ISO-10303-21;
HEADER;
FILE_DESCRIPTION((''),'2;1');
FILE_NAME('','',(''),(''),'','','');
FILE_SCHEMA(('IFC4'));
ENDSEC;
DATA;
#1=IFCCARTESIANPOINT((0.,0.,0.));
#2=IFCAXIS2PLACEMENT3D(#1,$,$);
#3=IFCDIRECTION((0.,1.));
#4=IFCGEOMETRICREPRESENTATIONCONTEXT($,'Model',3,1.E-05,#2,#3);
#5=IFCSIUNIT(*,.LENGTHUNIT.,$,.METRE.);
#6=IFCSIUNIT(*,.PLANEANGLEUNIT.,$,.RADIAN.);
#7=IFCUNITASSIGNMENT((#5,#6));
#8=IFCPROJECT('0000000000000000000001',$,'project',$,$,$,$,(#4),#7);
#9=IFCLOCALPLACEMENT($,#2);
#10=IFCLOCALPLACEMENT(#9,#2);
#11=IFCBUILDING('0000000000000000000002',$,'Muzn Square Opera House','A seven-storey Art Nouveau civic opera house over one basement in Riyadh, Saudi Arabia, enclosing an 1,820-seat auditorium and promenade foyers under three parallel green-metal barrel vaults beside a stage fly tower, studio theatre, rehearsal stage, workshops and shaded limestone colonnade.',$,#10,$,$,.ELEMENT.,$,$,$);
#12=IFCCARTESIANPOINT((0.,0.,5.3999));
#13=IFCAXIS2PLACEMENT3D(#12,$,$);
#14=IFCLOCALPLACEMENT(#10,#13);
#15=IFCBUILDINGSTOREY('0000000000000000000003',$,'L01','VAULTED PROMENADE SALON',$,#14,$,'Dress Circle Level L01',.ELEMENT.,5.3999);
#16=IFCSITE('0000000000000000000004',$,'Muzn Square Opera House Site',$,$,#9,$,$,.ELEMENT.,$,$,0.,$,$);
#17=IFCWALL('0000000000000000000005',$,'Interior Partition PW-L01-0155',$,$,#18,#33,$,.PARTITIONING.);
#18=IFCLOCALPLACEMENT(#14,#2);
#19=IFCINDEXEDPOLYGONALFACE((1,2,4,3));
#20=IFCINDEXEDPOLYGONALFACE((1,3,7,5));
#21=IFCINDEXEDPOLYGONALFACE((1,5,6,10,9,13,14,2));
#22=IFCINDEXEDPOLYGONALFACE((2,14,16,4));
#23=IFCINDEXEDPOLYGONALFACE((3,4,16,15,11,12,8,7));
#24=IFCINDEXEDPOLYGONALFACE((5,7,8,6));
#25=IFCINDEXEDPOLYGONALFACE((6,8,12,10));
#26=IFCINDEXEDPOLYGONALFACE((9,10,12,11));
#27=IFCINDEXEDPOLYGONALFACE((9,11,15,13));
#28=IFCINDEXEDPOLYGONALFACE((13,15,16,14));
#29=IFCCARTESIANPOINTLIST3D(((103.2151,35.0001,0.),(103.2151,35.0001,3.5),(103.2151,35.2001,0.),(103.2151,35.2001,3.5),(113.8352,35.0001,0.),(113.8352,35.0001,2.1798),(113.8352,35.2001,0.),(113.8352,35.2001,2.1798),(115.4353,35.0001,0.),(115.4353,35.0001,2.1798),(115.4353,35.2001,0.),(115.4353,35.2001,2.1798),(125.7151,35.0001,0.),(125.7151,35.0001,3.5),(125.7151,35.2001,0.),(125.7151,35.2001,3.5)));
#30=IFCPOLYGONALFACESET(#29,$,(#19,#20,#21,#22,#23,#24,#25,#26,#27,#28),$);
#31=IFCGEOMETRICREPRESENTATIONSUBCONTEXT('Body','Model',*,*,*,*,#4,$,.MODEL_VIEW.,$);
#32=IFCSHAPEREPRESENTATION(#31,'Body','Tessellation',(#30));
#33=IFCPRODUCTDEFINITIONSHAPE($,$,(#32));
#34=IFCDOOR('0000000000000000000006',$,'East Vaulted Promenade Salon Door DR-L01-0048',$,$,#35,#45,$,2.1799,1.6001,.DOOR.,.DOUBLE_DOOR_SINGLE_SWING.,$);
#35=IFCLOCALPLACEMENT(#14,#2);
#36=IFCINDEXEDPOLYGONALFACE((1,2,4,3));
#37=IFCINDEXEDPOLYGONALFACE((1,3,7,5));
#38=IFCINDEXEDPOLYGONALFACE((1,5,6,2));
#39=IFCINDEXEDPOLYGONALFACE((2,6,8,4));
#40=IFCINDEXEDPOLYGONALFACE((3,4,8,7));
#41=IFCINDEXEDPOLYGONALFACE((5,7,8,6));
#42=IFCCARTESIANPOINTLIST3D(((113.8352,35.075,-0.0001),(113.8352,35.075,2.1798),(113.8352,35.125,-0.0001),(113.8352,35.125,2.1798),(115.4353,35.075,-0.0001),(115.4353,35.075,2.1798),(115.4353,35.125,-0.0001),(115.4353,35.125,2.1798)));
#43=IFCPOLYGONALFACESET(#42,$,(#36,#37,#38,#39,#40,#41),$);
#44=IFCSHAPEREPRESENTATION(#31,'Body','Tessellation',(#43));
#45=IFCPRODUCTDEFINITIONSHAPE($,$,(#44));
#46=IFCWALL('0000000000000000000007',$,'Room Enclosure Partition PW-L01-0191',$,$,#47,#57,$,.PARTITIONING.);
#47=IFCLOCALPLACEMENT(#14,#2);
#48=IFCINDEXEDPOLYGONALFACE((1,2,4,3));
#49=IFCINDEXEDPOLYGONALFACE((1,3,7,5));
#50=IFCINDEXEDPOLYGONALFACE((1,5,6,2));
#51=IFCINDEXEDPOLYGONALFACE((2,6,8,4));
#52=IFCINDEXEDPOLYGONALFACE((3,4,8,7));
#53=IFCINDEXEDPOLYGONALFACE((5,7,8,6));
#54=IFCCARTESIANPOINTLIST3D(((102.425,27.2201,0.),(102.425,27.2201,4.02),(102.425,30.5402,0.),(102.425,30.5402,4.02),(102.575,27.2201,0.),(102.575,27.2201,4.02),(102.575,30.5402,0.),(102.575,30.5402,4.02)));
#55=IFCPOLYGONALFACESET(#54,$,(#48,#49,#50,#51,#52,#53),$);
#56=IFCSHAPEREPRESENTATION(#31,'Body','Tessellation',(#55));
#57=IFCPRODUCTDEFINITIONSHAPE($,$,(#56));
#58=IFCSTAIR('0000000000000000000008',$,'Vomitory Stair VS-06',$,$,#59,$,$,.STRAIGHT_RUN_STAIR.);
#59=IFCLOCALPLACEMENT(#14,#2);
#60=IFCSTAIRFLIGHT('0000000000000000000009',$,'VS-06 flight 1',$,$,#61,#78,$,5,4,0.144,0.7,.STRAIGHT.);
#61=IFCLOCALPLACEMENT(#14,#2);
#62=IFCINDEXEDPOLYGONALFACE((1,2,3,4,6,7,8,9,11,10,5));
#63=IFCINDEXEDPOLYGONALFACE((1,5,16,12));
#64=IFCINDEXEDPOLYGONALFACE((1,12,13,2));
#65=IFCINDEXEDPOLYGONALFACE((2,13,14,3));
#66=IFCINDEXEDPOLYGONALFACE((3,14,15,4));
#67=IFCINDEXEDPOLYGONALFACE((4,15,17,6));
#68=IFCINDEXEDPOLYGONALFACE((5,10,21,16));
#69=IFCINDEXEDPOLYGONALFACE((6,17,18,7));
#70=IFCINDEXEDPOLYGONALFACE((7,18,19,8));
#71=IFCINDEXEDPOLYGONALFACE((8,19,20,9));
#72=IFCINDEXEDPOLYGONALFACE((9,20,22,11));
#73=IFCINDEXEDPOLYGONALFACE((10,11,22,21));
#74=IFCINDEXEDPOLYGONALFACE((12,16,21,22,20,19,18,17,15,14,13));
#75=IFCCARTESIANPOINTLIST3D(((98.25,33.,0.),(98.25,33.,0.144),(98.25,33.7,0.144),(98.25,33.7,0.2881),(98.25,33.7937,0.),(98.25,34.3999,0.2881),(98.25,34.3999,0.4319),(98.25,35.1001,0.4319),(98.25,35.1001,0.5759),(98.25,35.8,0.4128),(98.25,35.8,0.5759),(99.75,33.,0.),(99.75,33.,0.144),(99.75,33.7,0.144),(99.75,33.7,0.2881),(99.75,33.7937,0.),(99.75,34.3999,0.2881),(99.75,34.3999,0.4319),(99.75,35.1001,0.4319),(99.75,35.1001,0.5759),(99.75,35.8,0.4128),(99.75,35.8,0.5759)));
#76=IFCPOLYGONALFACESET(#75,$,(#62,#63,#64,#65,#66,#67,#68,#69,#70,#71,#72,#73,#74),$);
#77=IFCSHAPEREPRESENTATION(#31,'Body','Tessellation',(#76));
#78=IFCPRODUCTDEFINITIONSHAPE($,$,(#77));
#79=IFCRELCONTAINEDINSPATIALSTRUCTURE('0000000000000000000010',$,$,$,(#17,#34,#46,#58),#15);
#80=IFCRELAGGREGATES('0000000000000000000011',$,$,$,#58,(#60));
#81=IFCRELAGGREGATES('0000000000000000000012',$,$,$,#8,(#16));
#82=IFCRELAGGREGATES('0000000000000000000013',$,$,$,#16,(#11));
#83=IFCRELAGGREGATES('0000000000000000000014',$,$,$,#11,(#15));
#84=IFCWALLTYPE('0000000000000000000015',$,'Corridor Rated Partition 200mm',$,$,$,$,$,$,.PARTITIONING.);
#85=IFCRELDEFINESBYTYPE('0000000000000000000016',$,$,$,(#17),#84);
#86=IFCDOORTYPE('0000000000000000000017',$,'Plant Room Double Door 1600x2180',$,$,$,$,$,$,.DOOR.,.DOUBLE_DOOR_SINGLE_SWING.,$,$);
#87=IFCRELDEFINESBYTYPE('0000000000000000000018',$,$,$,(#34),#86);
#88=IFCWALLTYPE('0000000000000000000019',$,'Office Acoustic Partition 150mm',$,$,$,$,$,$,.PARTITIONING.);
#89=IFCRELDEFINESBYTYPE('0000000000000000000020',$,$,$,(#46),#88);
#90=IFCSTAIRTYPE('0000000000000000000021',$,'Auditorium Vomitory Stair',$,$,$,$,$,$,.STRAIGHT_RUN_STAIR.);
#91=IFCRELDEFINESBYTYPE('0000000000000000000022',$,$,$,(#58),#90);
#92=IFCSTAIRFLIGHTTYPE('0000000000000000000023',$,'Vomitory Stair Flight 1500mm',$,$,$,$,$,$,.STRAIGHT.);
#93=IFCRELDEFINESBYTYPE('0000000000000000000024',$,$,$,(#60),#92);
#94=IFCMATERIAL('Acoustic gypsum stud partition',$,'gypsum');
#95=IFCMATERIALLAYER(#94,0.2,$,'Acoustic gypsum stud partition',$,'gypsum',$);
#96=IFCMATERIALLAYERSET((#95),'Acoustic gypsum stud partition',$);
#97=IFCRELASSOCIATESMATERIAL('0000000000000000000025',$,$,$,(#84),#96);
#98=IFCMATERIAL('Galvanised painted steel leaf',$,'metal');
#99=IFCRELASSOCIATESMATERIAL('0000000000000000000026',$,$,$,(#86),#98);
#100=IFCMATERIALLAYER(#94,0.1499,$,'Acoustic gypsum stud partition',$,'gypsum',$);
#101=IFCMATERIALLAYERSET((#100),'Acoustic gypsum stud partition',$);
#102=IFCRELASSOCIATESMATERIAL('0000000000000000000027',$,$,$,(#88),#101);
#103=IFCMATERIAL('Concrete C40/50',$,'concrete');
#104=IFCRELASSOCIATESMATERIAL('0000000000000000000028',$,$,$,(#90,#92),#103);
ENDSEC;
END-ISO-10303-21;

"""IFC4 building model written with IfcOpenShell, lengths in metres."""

from ifc_helpers import new_model, si_unit, direction, frame, frame_2d, origin, place, context, subcontext, project, spatial, polyline, rectangle, outline, extrude, material, layer, layer_set, type_object, element, fill, aggregate, save


model = new_model("IFC4")

# Units and contexts
model_context = context("Model", 3, precision=1e-05, world=origin(), true_north=direction((0.0, 1.0)))
body_context = subcontext(model_context, "Body", "Model", "MODEL_VIEW")
ifc_project = project(units=[si_unit("LENGTHUNIT", "METRE"), si_unit("PLANEANGLEUNIT", "RADIAN")], contexts=[model_context])

# Site, building, storey
site_placement = place(None, origin())
site = spatial("IfcSite", under=ifc_project, at=site_placement, Name="Muzn Square Opera House Site", CompositionType="ELEMENT", RefElevation=0.0)
building_placement = place(site_placement, origin())
building = spatial("IfcBuilding", under=site, at=building_placement, Name="Muzn Square Opera House", Description="A seven-storey Art Nouveau civic opera house over one basement in Riyadh, Saudi Arabia, enclosing an 1,820-seat auditorium and promenade foyers under three parallel green-metal barrel vaults beside a stage fly tower, studio theatre, rehearsal stage, workshops and shaded limestone colonnade.", CompositionType="ELEMENT")
storey_placement = place(building_placement, frame((0.0, 0.0, 5.3999)))
storey = spatial("IfcBuildingStorey", under=building, at=storey_placement, Name="L01", Description="VAULTED PROMENADE SALON", LongName="Dress Circle Level L01", CompositionType="ELEMENT", Elevation=5.3999)

# Shared definitions
ifc_material_1 = material(Name="Concrete C40/50", Category="concrete")

# Wall, opening, door
ifc_material_2 = material(Name="Acoustic gypsum stud partition", Category="gypsum")
ifc_layer_1 = layer(ifc_material_2, 0.2, Name="Acoustic gypsum stud partition", Category="gypsum")
ifc_layer_set_1 = layer_set([ifc_layer_1], Name="Acoustic gypsum stud partition")
wall_type_1 = type_object("IfcWallType", Name="Corridor Rated Partition 200mm", PredefinedType="PARTITIONING", material=ifc_layer_set_1)
wall_1_placement = place(storey_placement, frame((103.2151, 35.1001, 0.0), z_axis=(0.0, 0.0, 1.0), x_axis=(1.0, 0.0, 0.0)))
wall_1 = element("IfcWall", 1, at=wall_1_placement, inside=storey, type_object=wall_type_1, Name="Interior Partition PW-L01-0155", PredefinedType="PARTITIONING", context=body_context, shape_type="SweptSolid", body=[
    extrude(rectangle(XDim=22.5, YDim=0.2, at=frame_2d((11.25, 0.0))), origin(), (0.0, 0.0, 1.0), 3.5),
])
opening_placement = place(wall_1_placement, frame((10.6201, 0.0, 0.0)))
opening = element("IfcOpeningElement", 2, at=opening_placement, cuts=wall_1, PredefinedType="OPENING", context=body_context, shape_type="SweptSolid", body=[
    extrude(rectangle(XDim=1.6001, YDim=2.1799, at=frame_2d((0.8, 1.0898))), frame((0.0, 0.1099, 0.0), z_axis=(0.0, -1.0, 0.0), x_axis=(1.0, 0.0, 0.0)), (0.0, 0.0, 1.0), 0.22),
])
ifc_material_3 = material(Name="Galvanised painted steel leaf", Category="metal")
door_type = type_object("IfcDoorType", Name="Plant Room Double Door 1600x2180", OperationType="DOUBLE_DOOR_SINGLE_SWING", PredefinedType="DOOR", material=ifc_material_3)
door_placement = place(opening_placement, origin())
door = element("IfcDoor", 3, at=door_placement, inside=storey, type_object=door_type, Name="East Vaulted Promenade Salon Door DR-L01-0048", OperationType="DOUBLE_DOOR_SINGLE_SWING", OverallHeight=2.1799, OverallWidth=1.6001, PredefinedType="DOOR", context=body_context, shape_type="SweptSolid", body=[
    extrude(rectangle(XDim=1.6001, YDim=2.1799, at=frame_2d((0.8, 1.0898))), frame((0.0, 0.0249, 0.0), z_axis=(0.0, -1.0, 0.0), x_axis=(1.0, 0.0, 0.0)), (0.0, 0.0, 1.0), 0.05),
])
fill(opening, door)

# Wall
ifc_layer_2 = layer(ifc_material_2, 0.1499, Name="Acoustic gypsum stud partition", Category="gypsum")
ifc_layer_set_2 = layer_set([ifc_layer_2], Name="Acoustic gypsum stud partition")
wall_type_2 = type_object("IfcWallType", Name="Office Acoustic Partition 150mm", PredefinedType="PARTITIONING", material=ifc_layer_set_2)
wall_2_placement = place(storey_placement, frame((102.5, 27.22, 0.0), z_axis=(0.0, 0.0, 1.0), x_axis=(0.0, 1.0, 0.0)))
element("IfcWall", 4, at=wall_2_placement, inside=storey, type_object=wall_type_2, Name="Room Enclosure Partition PW-L01-0191", PredefinedType="PARTITIONING", context=body_context, shape_type="SweptSolid", body=[
    extrude(rectangle(XDim=3.3201, YDim=0.1499, at=frame_2d((1.6602, 0.0))), origin(), (0.0, 0.0, 1.0), 4.02),
])

# Stair, stair flight
stair_type = type_object("IfcStairType", Name="Auditorium Vomitory Stair", PredefinedType="STRAIGHT_RUN_STAIR", material=ifc_material_1)
stair_placement = place(storey_placement, origin())
stair = element("IfcStair", 5, at=stair_placement, inside=storey, type_object=stair_type, Name="Vomitory Stair VS-06", PredefinedType="STRAIGHT_RUN_STAIR")
stair_flight_type = type_object("IfcStairFlightType", Name="Vomitory Stair Flight 1500mm", PredefinedType="STRAIGHT", material=ifc_material_1)
stair_flight_placement = place(storey_placement, frame((99.0, 33.0, 0.0), z_axis=(0.0, 0.0, 1.0), x_axis=(0.0, 1.0, 0.0)))
stair_flight = element("IfcStairFlight", 6, at=stair_flight_placement, type_object=stair_flight_type, Name="VS-06 flight 1", NumberOfRisers=5, NumberOfTreads=4, PredefinedType="STRAIGHT", RiserHeight=0.144, TreadLength=0.7, context=body_context, shape_type="SweptSolid", body=[
    extrude(outline(polyline([(0.0, 0.0), (0.0, 0.144), (0.7, 0.144), (0.7, 0.2881), (1.3999, 0.2881), (1.3999, 0.4319), (2.1001, 0.4319), (2.1001, 0.5759), (2.8, 0.5759), (2.8, 0.72), (2.8, 0.4128), (0.7937, 0.0), (0.0, 0.0)])), frame((0.0, 0.75, 0.0), z_axis=(0.0, -1.0, 0.0), x_axis=(1.0, 0.0, 0.0)), (0.0, 0.0, 1.0), 1.5),
])
aggregate(stair, [stair_flight])

save(model, "model.ifc")
